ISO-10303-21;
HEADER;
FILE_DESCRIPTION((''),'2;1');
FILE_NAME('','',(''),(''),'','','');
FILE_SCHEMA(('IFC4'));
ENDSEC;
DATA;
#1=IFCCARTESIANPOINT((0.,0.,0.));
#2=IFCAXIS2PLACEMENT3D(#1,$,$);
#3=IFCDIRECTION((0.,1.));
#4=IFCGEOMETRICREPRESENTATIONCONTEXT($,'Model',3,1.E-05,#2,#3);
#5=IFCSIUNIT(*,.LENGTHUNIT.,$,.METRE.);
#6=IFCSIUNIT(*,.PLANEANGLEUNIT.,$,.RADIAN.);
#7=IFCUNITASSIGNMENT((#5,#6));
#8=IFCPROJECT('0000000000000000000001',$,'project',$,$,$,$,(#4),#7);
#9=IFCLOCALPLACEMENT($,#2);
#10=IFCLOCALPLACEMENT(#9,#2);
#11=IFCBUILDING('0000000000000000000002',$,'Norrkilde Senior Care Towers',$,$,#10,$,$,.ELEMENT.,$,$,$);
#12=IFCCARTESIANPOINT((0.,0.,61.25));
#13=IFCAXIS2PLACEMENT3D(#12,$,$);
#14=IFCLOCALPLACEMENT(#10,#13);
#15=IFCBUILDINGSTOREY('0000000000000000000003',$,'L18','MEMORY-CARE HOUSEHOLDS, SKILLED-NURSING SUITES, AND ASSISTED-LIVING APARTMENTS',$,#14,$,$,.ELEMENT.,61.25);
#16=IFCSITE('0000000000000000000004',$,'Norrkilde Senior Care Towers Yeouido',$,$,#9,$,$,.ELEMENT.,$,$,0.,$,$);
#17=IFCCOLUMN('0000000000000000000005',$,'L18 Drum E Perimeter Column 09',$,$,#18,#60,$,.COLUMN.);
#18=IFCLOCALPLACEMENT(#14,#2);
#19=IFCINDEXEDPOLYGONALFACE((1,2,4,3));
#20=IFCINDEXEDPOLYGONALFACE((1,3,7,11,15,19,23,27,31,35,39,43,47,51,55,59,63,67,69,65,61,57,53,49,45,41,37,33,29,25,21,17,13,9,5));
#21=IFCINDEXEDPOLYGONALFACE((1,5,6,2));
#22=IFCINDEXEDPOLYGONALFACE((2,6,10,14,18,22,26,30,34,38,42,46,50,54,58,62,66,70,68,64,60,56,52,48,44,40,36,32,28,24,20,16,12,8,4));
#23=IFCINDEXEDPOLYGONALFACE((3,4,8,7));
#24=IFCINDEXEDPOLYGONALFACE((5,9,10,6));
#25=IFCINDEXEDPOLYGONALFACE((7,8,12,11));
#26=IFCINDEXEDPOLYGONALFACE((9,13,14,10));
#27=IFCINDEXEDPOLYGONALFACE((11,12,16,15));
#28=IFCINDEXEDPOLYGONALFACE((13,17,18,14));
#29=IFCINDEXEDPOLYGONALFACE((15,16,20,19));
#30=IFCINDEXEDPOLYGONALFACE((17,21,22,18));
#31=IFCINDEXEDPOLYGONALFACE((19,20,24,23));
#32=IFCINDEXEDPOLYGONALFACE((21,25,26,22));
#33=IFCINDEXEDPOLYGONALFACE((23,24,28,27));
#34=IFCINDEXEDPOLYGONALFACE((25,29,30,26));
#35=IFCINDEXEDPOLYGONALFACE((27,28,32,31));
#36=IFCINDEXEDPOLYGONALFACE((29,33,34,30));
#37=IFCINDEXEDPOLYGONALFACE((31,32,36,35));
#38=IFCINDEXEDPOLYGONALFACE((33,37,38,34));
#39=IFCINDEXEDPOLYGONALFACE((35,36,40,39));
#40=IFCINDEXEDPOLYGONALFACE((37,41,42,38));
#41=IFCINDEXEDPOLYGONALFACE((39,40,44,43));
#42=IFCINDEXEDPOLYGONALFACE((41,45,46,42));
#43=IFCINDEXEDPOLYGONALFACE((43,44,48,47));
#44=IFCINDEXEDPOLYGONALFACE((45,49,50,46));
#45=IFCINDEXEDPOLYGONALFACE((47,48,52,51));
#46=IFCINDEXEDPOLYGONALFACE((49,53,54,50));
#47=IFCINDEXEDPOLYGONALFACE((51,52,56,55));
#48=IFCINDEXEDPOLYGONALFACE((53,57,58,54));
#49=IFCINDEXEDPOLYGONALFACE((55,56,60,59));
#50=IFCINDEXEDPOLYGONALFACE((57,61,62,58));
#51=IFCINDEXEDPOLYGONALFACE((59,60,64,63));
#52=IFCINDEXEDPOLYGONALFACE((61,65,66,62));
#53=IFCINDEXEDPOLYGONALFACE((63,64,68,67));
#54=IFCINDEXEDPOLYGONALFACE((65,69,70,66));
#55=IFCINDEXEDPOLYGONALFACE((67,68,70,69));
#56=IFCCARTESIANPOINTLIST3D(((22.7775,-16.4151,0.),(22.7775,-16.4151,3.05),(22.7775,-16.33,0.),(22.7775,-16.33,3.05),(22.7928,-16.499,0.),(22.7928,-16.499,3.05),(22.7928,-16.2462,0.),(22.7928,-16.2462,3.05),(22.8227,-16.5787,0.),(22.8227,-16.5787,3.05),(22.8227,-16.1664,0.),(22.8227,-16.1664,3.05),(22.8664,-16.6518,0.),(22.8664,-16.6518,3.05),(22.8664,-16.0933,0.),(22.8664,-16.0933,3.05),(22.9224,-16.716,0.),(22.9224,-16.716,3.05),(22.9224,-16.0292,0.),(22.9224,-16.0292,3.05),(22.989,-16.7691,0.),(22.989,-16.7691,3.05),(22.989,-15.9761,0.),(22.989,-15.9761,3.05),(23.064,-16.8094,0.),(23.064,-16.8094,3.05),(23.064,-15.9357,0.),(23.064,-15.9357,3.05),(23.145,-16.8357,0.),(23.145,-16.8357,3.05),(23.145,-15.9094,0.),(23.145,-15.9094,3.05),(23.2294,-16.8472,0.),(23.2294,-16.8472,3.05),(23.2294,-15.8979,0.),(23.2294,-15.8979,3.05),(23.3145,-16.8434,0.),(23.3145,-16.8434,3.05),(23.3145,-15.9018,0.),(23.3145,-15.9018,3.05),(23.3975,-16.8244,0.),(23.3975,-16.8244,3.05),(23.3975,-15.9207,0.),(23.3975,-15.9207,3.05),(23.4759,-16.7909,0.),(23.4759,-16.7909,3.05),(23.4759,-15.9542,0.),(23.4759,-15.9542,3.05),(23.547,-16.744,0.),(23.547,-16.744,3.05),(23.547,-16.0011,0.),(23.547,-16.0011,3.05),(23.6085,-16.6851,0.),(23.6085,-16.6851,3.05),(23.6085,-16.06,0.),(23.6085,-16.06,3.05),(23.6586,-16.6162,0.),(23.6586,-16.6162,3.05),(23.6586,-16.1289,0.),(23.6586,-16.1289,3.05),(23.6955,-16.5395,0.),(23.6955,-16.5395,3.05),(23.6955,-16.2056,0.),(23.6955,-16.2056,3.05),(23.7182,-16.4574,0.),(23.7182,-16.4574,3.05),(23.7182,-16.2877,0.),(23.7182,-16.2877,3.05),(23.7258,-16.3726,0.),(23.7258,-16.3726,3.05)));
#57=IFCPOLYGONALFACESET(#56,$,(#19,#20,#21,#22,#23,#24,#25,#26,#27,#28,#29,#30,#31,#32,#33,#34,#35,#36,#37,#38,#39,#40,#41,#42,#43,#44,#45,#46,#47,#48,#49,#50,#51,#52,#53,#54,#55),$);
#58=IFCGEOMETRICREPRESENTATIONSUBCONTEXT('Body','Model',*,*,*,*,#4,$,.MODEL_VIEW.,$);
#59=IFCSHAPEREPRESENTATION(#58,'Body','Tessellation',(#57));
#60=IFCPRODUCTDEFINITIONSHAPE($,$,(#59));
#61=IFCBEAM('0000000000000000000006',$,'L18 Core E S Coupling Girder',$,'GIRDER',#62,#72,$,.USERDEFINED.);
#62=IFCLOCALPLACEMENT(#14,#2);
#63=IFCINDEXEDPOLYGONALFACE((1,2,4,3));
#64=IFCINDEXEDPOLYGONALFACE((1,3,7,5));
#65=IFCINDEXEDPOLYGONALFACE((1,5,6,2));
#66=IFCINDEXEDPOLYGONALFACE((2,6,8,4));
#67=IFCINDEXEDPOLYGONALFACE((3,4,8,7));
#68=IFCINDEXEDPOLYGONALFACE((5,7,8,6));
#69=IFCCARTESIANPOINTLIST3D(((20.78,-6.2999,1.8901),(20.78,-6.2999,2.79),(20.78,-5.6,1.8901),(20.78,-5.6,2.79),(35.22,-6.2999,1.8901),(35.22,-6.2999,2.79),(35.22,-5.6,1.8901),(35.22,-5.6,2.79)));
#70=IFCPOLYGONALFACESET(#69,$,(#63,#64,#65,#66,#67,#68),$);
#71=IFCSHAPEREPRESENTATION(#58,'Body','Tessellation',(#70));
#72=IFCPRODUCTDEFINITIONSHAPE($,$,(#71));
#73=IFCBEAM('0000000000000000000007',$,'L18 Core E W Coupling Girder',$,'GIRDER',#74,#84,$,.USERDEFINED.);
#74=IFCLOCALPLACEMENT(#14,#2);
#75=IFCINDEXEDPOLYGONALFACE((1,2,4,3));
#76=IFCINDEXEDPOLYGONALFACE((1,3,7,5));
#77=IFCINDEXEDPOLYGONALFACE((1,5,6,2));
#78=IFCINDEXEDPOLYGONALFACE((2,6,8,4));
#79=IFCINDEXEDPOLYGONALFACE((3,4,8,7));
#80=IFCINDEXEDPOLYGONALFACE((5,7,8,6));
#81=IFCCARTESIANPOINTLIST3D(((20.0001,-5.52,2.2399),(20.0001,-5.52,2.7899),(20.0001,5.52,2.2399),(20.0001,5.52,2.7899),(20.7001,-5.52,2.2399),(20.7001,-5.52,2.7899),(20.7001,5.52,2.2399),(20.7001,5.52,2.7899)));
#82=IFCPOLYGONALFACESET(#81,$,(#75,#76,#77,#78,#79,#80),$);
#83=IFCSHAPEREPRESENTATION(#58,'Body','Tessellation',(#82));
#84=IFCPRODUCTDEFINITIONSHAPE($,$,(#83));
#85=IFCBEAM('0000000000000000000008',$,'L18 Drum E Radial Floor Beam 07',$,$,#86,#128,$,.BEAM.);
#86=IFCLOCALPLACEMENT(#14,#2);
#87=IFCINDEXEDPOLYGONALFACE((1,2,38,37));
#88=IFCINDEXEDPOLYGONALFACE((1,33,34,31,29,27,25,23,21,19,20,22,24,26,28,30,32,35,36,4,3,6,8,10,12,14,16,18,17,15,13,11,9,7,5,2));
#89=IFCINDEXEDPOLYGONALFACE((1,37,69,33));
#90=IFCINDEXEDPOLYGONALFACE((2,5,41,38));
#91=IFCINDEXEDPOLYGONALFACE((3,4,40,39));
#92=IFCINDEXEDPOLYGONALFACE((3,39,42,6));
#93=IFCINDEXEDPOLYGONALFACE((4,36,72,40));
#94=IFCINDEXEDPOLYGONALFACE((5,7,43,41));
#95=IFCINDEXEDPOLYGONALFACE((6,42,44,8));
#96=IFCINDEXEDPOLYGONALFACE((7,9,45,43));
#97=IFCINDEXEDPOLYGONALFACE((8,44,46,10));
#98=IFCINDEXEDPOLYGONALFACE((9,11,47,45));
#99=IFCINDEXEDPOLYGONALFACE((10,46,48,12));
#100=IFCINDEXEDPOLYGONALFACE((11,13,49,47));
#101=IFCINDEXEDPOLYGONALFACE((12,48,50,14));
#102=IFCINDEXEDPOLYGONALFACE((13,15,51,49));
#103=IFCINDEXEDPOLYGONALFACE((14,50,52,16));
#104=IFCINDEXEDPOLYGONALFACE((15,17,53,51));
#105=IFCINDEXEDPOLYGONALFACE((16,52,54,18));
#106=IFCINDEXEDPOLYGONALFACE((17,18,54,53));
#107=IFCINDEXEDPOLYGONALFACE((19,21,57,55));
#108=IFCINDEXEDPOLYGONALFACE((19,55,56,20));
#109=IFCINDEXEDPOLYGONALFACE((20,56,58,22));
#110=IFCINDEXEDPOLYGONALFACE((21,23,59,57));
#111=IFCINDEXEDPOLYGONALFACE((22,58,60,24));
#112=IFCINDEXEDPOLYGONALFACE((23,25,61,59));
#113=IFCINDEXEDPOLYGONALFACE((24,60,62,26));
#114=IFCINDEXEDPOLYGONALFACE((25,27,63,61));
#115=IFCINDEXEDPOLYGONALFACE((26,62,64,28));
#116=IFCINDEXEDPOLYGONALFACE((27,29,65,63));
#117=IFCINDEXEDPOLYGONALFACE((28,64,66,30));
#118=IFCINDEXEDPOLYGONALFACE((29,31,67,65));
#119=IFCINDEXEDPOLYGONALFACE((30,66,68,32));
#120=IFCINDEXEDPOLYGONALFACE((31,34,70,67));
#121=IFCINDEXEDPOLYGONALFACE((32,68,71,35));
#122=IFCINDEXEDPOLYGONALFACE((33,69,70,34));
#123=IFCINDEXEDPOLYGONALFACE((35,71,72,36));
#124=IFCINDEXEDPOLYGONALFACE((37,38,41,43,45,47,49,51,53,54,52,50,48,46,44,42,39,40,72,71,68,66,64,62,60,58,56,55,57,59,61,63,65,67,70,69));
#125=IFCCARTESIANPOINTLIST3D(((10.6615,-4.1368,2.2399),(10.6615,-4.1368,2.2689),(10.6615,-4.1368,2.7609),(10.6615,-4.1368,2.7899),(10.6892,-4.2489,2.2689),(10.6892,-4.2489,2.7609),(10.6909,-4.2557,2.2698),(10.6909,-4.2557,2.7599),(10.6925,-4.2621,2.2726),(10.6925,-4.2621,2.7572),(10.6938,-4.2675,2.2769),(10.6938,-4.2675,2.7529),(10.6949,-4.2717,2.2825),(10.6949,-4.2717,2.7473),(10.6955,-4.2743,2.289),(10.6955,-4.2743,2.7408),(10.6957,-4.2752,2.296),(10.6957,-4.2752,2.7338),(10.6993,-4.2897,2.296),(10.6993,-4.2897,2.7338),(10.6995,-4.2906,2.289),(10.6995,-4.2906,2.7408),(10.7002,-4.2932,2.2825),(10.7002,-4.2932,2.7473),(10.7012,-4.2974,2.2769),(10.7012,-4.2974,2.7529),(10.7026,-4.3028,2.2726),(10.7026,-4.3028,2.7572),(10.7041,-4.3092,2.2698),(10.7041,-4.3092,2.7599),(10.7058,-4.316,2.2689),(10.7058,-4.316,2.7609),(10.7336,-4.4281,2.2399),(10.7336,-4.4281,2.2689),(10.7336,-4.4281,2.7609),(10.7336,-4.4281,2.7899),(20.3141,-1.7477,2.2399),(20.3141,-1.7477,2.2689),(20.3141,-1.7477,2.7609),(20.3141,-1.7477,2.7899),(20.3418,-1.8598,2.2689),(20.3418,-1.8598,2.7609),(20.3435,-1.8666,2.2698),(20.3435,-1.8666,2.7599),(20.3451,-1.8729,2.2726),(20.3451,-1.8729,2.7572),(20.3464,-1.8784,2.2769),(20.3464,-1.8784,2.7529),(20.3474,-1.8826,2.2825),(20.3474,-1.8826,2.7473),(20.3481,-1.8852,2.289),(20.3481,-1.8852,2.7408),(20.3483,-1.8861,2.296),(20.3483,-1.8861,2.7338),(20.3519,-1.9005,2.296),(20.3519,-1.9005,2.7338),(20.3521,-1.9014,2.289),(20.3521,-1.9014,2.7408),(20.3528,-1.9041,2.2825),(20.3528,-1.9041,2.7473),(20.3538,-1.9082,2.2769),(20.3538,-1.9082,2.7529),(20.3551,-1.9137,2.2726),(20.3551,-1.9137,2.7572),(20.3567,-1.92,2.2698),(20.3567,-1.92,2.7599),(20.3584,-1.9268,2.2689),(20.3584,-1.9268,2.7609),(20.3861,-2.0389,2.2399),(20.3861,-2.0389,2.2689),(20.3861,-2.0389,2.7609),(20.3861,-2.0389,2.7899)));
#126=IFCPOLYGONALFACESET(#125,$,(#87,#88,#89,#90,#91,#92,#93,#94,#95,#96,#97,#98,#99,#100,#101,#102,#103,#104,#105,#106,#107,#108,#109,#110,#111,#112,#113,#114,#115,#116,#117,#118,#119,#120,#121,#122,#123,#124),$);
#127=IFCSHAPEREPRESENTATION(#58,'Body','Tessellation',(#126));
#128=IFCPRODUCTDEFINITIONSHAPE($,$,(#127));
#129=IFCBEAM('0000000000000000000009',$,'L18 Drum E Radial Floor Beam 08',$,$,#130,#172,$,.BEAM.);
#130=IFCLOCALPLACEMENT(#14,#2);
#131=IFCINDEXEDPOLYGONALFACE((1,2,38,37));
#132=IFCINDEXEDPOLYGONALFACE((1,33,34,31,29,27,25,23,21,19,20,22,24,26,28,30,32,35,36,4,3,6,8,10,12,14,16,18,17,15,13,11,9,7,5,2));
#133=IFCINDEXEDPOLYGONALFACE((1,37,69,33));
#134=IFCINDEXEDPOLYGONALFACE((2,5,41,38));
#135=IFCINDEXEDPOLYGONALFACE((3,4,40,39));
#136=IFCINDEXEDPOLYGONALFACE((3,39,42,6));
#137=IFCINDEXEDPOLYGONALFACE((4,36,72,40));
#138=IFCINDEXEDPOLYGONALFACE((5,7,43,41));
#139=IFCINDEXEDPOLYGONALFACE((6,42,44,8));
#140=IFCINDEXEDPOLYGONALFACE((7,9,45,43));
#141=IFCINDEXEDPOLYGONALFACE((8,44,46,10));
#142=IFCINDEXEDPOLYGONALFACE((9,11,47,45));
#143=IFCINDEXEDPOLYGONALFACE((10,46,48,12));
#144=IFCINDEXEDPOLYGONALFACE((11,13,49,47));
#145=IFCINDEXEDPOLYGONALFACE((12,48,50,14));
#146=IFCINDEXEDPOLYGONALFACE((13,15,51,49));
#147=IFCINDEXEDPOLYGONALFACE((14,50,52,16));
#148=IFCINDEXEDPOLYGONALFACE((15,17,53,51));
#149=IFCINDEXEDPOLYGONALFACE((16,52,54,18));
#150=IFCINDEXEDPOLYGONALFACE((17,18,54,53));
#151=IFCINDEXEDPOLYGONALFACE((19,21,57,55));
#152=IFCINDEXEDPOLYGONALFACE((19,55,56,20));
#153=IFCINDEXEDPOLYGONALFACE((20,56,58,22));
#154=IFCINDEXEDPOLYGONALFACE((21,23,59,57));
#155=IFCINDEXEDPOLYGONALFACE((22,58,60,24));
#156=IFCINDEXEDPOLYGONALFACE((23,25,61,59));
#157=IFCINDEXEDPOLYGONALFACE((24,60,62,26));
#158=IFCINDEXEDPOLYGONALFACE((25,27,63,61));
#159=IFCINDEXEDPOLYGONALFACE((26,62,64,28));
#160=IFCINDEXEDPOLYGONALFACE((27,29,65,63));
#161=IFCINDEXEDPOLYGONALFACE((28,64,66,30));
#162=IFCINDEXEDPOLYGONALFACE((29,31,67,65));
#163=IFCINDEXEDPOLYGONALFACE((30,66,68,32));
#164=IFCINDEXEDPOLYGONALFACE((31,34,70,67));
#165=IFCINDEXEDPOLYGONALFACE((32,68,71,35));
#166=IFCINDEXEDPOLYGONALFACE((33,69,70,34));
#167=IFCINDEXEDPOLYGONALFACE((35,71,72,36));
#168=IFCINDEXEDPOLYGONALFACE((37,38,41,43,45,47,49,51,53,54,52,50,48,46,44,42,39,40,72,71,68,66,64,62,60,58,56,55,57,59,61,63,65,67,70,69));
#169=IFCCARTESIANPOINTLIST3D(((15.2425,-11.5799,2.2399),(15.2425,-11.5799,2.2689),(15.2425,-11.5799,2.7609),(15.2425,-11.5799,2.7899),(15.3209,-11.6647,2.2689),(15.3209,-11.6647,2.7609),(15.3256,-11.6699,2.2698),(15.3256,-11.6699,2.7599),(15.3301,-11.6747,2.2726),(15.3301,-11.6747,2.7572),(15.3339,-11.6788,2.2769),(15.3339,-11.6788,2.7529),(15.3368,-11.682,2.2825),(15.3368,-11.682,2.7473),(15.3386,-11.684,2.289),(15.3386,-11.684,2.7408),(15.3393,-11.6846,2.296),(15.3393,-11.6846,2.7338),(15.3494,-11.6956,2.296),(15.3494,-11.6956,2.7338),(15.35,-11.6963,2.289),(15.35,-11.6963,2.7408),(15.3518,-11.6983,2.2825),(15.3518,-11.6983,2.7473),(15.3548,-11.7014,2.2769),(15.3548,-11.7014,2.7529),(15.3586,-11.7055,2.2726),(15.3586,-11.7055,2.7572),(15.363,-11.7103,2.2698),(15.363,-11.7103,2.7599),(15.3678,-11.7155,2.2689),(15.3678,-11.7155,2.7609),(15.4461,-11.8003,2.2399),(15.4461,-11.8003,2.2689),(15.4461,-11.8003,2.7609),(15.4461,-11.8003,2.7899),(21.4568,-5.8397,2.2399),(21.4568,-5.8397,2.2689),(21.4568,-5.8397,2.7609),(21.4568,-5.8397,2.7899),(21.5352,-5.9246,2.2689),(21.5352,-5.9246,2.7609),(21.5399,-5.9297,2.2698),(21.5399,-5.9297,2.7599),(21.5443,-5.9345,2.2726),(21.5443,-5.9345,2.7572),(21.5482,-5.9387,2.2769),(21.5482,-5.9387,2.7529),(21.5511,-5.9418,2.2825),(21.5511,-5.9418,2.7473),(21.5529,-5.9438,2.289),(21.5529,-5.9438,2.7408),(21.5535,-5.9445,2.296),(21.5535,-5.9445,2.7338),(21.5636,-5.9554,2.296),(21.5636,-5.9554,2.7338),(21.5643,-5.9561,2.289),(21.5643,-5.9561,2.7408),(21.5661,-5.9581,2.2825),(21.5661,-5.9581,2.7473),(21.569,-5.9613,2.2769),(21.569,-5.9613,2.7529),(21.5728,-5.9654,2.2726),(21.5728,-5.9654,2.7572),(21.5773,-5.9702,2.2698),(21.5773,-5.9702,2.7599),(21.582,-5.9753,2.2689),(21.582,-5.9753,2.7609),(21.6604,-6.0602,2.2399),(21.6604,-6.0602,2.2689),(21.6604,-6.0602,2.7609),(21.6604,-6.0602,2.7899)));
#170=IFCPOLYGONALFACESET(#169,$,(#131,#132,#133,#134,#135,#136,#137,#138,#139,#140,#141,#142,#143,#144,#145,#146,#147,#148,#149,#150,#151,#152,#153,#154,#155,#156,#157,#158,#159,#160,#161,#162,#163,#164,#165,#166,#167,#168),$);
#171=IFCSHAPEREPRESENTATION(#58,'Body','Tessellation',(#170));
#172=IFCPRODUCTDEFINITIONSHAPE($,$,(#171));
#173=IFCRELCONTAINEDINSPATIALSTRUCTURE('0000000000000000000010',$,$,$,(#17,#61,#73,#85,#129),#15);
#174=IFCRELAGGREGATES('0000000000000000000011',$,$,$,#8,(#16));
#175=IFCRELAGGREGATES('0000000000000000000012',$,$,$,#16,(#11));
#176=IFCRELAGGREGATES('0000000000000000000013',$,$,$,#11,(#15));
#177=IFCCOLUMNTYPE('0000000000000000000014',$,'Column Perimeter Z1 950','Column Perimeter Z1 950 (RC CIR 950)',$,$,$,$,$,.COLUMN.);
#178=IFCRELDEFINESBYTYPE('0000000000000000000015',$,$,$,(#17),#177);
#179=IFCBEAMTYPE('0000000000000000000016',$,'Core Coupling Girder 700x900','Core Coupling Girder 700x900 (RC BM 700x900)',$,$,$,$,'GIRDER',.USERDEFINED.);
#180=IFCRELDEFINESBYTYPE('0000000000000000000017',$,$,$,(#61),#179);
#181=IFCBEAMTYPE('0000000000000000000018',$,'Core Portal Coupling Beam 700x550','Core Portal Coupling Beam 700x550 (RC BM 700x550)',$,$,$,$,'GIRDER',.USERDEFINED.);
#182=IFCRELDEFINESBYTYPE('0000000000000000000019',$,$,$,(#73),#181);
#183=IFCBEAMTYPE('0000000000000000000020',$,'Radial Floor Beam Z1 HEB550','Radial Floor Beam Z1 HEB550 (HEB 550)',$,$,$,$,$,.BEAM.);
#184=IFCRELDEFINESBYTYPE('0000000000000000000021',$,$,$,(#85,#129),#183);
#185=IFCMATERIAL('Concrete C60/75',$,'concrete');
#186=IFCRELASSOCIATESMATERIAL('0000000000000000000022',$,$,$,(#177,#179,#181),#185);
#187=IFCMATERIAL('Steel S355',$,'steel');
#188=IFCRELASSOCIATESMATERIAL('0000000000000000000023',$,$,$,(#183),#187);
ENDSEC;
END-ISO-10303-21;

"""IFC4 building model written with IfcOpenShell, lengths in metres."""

from ifc_helpers import new_model, si_unit, direction, frame, origin, origin_2d, place, context, subcontext, project, spatial, rectangle, circle, i_section, extrude, source, transform, mapped, material, material_profile, profile_set, type_object, type_shapes, element, save


model = new_model("IFC4")

# Units and contexts
model_context = context("Model", 3, precision=1e-05, world=origin(), true_north=direction((0.0, 1.0)))
body_context = subcontext(model_context, "Body", "Model", "MODEL_VIEW")
ifc_project = project(units=[si_unit("LENGTHUNIT", "METRE"), si_unit("PLANEANGLEUNIT", "RADIAN")], contexts=[model_context])

# Site, building, storey
site_placement = place(None, origin())
site = spatial("IfcSite", under=ifc_project, at=site_placement, Name="Norrkilde Senior Care Towers Yeouido", CompositionType="ELEMENT", RefElevation=0.0)
building_placement = place(site_placement, origin())
building = spatial("IfcBuilding", under=site, at=building_placement, Name="Norrkilde Senior Care Towers", CompositionType="ELEMENT")
storey_placement = place(building_placement, frame((0.0, 0.0, 61.25)))
storey = spatial("IfcBuildingStorey", under=building, at=storey_placement, Name="L18", Description="MEMORY-CARE HOUSEHOLDS, SKILLED-NURSING SUITES, AND ASSISTED-LIVING APARTMENTS", CompositionType="ELEMENT", Elevation=61.25)

# Column
ifc_material_1 = material(Name="Concrete C60/75", Category="concrete")
ifc_material_profile_1 = material_profile(ifc_material_1, circle(Radius=0.4751, at=origin_2d()), Name="RC CIR 950")
ifc_profile_set_1 = profile_set([ifc_material_profile_1], Name="Concrete C60/75")
column_type = type_object("IfcColumnType", Name="Column Perimeter Z1 950", Description="Column Perimeter Z1 950 (RC CIR 950)", PredefinedType="COLUMN", material=ifc_profile_set_1)
shared_shape_1 = source(origin(), body_context, "Body", "SweptSolid", [
    extrude(circle(Radius=0.4751, at=origin_2d()), origin(), (0.0, 0.0, 1.0), 3.05),
])
type_shapes(column_type, [shared_shape_1])
column_placement = place(storey_placement, frame((23.2507, -16.3726, 0.0), z_axis=(0.0, 0.0, 1.0), x_axis=(1.0, 0.0, 0.0)))
element("IfcColumn", 1, at=column_placement, inside=storey, type_object=column_type, Name="L18 Drum E Perimeter Column 09", PredefinedType="COLUMN", context=body_context, shape_type="MappedRepresentation", body=[
    mapped(shared_shape_1, transform((0.0, 0.0, 0.0), x_axis=(1.0, 0.0, 0.0), y_axis=(0.0, 1.0, 0.0), z_axis=(0.0, 0.0, 1.0), scale=1.0)),
])

# Beams
ifc_material_profile_2 = material_profile(ifc_material_1, rectangle(XDim=0.7, YDim=0.8999, at=origin_2d()), Name="RC BM 700x900")
ifc_profile_set_2 = profile_set([ifc_material_profile_2], Name="Concrete C60/75")
beam_type_1 = type_object("IfcBeamType", Name="Core Coupling Girder 700x900", Description="Core Coupling Girder 700x900 (RC BM 700x900)", ElementType="GIRDER", PredefinedType="USERDEFINED", material=ifc_profile_set_2)
shared_shape_2 = source(origin(), body_context, "Body", "SweptSolid", [
    extrude(rectangle(XDim=0.7, YDim=0.8999, at=origin_2d()), origin(), (0.0, 0.0, 1.0), 14.4399),
])
type_shapes(beam_type_1, [shared_shape_2])
beam_1_placement = place(storey_placement, frame((20.78, -5.95, 2.3401), z_axis=(1.0, 0.0, 0.0), x_axis=(0.0, 1.0, 0.0)))
element("IfcBeam", 2, at=beam_1_placement, inside=storey, type_object=beam_type_1, Name="L18 Core E S Coupling Girder", ObjectType="GIRDER", PredefinedType="USERDEFINED", context=body_context, shape_type="MappedRepresentation", body=[
    mapped(shared_shape_2, transform((0.0, 0.0, 0.0), x_axis=(1.0, 0.0, 0.0), y_axis=(0.0, 1.0, 0.0), z_axis=(0.0, 0.0, 1.0), scale=1.0)),
])
ifc_material_profile_3 = material_profile(ifc_material_1, rectangle(XDim=0.7, YDim=0.55, at=origin_2d()), Name="RC BM 700x550")
ifc_profile_set_3 = profile_set([ifc_material_profile_3], Name="Concrete C60/75")
beam_type_2 = type_object("IfcBeamType", Name="Core Portal Coupling Beam 700x550", Description="Core Portal Coupling Beam 700x550 (RC BM 700x550)", ElementType="GIRDER", PredefinedType="USERDEFINED", material=ifc_profile_set_3)
shared_shape_3 = source(origin(), body_context, "Body", "SweptSolid", [
    extrude(rectangle(XDim=0.7, YDim=0.55, at=origin_2d()), origin(), (0.0, 0.0, 1.0), 11.04),
])
type_shapes(beam_type_2, [shared_shape_3])
beam_2_placement = place(storey_placement, frame((20.3501, -5.52, 2.5149), z_axis=(0.0, 1.0, 0.0), x_axis=(-1.0, 0.0, 0.0)))
element("IfcBeam", 3, at=beam_2_placement, inside=storey, type_object=beam_type_2, Name="L18 Core E W Coupling Girder", ObjectType="GIRDER", PredefinedType="USERDEFINED", context=body_context, shape_type="MappedRepresentation", body=[
    mapped(shared_shape_3, transform((0.0, 0.0, 0.0), x_axis=(1.0, 0.0, 0.0), y_axis=(0.0, 1.0, 0.0), z_axis=(0.0, 0.0, 1.0), scale=1.0)),
])
ifc_material_2 = material(Name="Steel S355", Category="steel")
ifc_material_profile_4 = material_profile(ifc_material_2, i_section(OverallWidth=0.3, OverallDepth=0.55, WebThickness=0.0149, FlangeThickness=0.0291, FilletRadius=0.0271, at=origin_2d()), Name="HEB 550")
ifc_profile_set_4 = profile_set([ifc_material_profile_4], Name="Steel S355")
beam_type_3 = type_object("IfcBeamType", Name="Radial Floor Beam Z1 HEB550", Description="Radial Floor Beam Z1 HEB550 (HEB 550)", PredefinedType="BEAM", material=ifc_profile_set_4)
shared_shape_4 = source(origin(), body_context, "Body", "SweptSolid", [
    extrude(i_section(OverallWidth=0.3, OverallDepth=0.55, WebThickness=0.0149, FlangeThickness=0.0291, FilletRadius=0.0271, at=origin_2d()), origin(), (0.0, 0.0, 1.0), 9.9438),
])
beam_3_placement = place(storey_placement, frame((20.3501, -1.8933, 2.5149), z_axis=(-0.970707, -0.240265, 0.0), x_axis=(0.240265, -0.970707, 0.0)))
element("IfcBeam", 4, at=beam_3_placement, inside=storey, type_object=beam_type_3, Name="L18 Drum E Radial Floor Beam 07", PredefinedType="BEAM", context=body_context, shape_type="MappedRepresentation", body=[
    mapped(shared_shape_4, transform((0.0, 0.0, 0.0), x_axis=(1.0, 0.0, 0.0), y_axis=(0.0, 1.0, 0.0), z_axis=(0.0, 0.0, 1.0), scale=1.0)),
])
shared_shape_5 = source(origin(), body_context, "Body", "SweptSolid", [
    extrude(i_section(OverallWidth=0.3, OverallDepth=0.55, WebThickness=0.0149, FlangeThickness=0.0291, FilletRadius=0.0271, at=origin_2d()), origin(), (0.0, 0.0, 1.0), 8.4597),
])
type_shapes(beam_type_3, [shared_shape_4, shared_shape_5])
beam_4_placement = place(storey_placement, frame((21.5586, -5.95, 2.5149), z_axis=(-0.734573, -0.678529, 0.0), x_axis=(0.678529, -0.734573, 0.0)))
element("IfcBeam", 5, at=beam_4_placement, inside=storey, type_object=beam_type_3, Name="L18 Drum E Radial Floor Beam 08", PredefinedType="BEAM", context=body_context, shape_type="MappedRepresentation", body=[
    mapped(shared_shape_5, transform((0.0, 0.0, 0.0), x_axis=(1.0, 0.0, 0.0), y_axis=(0.0, 1.0, 0.0), z_axis=(0.0, 0.0, 1.0), scale=1.0)),
])

save(model, "model.ifc")
